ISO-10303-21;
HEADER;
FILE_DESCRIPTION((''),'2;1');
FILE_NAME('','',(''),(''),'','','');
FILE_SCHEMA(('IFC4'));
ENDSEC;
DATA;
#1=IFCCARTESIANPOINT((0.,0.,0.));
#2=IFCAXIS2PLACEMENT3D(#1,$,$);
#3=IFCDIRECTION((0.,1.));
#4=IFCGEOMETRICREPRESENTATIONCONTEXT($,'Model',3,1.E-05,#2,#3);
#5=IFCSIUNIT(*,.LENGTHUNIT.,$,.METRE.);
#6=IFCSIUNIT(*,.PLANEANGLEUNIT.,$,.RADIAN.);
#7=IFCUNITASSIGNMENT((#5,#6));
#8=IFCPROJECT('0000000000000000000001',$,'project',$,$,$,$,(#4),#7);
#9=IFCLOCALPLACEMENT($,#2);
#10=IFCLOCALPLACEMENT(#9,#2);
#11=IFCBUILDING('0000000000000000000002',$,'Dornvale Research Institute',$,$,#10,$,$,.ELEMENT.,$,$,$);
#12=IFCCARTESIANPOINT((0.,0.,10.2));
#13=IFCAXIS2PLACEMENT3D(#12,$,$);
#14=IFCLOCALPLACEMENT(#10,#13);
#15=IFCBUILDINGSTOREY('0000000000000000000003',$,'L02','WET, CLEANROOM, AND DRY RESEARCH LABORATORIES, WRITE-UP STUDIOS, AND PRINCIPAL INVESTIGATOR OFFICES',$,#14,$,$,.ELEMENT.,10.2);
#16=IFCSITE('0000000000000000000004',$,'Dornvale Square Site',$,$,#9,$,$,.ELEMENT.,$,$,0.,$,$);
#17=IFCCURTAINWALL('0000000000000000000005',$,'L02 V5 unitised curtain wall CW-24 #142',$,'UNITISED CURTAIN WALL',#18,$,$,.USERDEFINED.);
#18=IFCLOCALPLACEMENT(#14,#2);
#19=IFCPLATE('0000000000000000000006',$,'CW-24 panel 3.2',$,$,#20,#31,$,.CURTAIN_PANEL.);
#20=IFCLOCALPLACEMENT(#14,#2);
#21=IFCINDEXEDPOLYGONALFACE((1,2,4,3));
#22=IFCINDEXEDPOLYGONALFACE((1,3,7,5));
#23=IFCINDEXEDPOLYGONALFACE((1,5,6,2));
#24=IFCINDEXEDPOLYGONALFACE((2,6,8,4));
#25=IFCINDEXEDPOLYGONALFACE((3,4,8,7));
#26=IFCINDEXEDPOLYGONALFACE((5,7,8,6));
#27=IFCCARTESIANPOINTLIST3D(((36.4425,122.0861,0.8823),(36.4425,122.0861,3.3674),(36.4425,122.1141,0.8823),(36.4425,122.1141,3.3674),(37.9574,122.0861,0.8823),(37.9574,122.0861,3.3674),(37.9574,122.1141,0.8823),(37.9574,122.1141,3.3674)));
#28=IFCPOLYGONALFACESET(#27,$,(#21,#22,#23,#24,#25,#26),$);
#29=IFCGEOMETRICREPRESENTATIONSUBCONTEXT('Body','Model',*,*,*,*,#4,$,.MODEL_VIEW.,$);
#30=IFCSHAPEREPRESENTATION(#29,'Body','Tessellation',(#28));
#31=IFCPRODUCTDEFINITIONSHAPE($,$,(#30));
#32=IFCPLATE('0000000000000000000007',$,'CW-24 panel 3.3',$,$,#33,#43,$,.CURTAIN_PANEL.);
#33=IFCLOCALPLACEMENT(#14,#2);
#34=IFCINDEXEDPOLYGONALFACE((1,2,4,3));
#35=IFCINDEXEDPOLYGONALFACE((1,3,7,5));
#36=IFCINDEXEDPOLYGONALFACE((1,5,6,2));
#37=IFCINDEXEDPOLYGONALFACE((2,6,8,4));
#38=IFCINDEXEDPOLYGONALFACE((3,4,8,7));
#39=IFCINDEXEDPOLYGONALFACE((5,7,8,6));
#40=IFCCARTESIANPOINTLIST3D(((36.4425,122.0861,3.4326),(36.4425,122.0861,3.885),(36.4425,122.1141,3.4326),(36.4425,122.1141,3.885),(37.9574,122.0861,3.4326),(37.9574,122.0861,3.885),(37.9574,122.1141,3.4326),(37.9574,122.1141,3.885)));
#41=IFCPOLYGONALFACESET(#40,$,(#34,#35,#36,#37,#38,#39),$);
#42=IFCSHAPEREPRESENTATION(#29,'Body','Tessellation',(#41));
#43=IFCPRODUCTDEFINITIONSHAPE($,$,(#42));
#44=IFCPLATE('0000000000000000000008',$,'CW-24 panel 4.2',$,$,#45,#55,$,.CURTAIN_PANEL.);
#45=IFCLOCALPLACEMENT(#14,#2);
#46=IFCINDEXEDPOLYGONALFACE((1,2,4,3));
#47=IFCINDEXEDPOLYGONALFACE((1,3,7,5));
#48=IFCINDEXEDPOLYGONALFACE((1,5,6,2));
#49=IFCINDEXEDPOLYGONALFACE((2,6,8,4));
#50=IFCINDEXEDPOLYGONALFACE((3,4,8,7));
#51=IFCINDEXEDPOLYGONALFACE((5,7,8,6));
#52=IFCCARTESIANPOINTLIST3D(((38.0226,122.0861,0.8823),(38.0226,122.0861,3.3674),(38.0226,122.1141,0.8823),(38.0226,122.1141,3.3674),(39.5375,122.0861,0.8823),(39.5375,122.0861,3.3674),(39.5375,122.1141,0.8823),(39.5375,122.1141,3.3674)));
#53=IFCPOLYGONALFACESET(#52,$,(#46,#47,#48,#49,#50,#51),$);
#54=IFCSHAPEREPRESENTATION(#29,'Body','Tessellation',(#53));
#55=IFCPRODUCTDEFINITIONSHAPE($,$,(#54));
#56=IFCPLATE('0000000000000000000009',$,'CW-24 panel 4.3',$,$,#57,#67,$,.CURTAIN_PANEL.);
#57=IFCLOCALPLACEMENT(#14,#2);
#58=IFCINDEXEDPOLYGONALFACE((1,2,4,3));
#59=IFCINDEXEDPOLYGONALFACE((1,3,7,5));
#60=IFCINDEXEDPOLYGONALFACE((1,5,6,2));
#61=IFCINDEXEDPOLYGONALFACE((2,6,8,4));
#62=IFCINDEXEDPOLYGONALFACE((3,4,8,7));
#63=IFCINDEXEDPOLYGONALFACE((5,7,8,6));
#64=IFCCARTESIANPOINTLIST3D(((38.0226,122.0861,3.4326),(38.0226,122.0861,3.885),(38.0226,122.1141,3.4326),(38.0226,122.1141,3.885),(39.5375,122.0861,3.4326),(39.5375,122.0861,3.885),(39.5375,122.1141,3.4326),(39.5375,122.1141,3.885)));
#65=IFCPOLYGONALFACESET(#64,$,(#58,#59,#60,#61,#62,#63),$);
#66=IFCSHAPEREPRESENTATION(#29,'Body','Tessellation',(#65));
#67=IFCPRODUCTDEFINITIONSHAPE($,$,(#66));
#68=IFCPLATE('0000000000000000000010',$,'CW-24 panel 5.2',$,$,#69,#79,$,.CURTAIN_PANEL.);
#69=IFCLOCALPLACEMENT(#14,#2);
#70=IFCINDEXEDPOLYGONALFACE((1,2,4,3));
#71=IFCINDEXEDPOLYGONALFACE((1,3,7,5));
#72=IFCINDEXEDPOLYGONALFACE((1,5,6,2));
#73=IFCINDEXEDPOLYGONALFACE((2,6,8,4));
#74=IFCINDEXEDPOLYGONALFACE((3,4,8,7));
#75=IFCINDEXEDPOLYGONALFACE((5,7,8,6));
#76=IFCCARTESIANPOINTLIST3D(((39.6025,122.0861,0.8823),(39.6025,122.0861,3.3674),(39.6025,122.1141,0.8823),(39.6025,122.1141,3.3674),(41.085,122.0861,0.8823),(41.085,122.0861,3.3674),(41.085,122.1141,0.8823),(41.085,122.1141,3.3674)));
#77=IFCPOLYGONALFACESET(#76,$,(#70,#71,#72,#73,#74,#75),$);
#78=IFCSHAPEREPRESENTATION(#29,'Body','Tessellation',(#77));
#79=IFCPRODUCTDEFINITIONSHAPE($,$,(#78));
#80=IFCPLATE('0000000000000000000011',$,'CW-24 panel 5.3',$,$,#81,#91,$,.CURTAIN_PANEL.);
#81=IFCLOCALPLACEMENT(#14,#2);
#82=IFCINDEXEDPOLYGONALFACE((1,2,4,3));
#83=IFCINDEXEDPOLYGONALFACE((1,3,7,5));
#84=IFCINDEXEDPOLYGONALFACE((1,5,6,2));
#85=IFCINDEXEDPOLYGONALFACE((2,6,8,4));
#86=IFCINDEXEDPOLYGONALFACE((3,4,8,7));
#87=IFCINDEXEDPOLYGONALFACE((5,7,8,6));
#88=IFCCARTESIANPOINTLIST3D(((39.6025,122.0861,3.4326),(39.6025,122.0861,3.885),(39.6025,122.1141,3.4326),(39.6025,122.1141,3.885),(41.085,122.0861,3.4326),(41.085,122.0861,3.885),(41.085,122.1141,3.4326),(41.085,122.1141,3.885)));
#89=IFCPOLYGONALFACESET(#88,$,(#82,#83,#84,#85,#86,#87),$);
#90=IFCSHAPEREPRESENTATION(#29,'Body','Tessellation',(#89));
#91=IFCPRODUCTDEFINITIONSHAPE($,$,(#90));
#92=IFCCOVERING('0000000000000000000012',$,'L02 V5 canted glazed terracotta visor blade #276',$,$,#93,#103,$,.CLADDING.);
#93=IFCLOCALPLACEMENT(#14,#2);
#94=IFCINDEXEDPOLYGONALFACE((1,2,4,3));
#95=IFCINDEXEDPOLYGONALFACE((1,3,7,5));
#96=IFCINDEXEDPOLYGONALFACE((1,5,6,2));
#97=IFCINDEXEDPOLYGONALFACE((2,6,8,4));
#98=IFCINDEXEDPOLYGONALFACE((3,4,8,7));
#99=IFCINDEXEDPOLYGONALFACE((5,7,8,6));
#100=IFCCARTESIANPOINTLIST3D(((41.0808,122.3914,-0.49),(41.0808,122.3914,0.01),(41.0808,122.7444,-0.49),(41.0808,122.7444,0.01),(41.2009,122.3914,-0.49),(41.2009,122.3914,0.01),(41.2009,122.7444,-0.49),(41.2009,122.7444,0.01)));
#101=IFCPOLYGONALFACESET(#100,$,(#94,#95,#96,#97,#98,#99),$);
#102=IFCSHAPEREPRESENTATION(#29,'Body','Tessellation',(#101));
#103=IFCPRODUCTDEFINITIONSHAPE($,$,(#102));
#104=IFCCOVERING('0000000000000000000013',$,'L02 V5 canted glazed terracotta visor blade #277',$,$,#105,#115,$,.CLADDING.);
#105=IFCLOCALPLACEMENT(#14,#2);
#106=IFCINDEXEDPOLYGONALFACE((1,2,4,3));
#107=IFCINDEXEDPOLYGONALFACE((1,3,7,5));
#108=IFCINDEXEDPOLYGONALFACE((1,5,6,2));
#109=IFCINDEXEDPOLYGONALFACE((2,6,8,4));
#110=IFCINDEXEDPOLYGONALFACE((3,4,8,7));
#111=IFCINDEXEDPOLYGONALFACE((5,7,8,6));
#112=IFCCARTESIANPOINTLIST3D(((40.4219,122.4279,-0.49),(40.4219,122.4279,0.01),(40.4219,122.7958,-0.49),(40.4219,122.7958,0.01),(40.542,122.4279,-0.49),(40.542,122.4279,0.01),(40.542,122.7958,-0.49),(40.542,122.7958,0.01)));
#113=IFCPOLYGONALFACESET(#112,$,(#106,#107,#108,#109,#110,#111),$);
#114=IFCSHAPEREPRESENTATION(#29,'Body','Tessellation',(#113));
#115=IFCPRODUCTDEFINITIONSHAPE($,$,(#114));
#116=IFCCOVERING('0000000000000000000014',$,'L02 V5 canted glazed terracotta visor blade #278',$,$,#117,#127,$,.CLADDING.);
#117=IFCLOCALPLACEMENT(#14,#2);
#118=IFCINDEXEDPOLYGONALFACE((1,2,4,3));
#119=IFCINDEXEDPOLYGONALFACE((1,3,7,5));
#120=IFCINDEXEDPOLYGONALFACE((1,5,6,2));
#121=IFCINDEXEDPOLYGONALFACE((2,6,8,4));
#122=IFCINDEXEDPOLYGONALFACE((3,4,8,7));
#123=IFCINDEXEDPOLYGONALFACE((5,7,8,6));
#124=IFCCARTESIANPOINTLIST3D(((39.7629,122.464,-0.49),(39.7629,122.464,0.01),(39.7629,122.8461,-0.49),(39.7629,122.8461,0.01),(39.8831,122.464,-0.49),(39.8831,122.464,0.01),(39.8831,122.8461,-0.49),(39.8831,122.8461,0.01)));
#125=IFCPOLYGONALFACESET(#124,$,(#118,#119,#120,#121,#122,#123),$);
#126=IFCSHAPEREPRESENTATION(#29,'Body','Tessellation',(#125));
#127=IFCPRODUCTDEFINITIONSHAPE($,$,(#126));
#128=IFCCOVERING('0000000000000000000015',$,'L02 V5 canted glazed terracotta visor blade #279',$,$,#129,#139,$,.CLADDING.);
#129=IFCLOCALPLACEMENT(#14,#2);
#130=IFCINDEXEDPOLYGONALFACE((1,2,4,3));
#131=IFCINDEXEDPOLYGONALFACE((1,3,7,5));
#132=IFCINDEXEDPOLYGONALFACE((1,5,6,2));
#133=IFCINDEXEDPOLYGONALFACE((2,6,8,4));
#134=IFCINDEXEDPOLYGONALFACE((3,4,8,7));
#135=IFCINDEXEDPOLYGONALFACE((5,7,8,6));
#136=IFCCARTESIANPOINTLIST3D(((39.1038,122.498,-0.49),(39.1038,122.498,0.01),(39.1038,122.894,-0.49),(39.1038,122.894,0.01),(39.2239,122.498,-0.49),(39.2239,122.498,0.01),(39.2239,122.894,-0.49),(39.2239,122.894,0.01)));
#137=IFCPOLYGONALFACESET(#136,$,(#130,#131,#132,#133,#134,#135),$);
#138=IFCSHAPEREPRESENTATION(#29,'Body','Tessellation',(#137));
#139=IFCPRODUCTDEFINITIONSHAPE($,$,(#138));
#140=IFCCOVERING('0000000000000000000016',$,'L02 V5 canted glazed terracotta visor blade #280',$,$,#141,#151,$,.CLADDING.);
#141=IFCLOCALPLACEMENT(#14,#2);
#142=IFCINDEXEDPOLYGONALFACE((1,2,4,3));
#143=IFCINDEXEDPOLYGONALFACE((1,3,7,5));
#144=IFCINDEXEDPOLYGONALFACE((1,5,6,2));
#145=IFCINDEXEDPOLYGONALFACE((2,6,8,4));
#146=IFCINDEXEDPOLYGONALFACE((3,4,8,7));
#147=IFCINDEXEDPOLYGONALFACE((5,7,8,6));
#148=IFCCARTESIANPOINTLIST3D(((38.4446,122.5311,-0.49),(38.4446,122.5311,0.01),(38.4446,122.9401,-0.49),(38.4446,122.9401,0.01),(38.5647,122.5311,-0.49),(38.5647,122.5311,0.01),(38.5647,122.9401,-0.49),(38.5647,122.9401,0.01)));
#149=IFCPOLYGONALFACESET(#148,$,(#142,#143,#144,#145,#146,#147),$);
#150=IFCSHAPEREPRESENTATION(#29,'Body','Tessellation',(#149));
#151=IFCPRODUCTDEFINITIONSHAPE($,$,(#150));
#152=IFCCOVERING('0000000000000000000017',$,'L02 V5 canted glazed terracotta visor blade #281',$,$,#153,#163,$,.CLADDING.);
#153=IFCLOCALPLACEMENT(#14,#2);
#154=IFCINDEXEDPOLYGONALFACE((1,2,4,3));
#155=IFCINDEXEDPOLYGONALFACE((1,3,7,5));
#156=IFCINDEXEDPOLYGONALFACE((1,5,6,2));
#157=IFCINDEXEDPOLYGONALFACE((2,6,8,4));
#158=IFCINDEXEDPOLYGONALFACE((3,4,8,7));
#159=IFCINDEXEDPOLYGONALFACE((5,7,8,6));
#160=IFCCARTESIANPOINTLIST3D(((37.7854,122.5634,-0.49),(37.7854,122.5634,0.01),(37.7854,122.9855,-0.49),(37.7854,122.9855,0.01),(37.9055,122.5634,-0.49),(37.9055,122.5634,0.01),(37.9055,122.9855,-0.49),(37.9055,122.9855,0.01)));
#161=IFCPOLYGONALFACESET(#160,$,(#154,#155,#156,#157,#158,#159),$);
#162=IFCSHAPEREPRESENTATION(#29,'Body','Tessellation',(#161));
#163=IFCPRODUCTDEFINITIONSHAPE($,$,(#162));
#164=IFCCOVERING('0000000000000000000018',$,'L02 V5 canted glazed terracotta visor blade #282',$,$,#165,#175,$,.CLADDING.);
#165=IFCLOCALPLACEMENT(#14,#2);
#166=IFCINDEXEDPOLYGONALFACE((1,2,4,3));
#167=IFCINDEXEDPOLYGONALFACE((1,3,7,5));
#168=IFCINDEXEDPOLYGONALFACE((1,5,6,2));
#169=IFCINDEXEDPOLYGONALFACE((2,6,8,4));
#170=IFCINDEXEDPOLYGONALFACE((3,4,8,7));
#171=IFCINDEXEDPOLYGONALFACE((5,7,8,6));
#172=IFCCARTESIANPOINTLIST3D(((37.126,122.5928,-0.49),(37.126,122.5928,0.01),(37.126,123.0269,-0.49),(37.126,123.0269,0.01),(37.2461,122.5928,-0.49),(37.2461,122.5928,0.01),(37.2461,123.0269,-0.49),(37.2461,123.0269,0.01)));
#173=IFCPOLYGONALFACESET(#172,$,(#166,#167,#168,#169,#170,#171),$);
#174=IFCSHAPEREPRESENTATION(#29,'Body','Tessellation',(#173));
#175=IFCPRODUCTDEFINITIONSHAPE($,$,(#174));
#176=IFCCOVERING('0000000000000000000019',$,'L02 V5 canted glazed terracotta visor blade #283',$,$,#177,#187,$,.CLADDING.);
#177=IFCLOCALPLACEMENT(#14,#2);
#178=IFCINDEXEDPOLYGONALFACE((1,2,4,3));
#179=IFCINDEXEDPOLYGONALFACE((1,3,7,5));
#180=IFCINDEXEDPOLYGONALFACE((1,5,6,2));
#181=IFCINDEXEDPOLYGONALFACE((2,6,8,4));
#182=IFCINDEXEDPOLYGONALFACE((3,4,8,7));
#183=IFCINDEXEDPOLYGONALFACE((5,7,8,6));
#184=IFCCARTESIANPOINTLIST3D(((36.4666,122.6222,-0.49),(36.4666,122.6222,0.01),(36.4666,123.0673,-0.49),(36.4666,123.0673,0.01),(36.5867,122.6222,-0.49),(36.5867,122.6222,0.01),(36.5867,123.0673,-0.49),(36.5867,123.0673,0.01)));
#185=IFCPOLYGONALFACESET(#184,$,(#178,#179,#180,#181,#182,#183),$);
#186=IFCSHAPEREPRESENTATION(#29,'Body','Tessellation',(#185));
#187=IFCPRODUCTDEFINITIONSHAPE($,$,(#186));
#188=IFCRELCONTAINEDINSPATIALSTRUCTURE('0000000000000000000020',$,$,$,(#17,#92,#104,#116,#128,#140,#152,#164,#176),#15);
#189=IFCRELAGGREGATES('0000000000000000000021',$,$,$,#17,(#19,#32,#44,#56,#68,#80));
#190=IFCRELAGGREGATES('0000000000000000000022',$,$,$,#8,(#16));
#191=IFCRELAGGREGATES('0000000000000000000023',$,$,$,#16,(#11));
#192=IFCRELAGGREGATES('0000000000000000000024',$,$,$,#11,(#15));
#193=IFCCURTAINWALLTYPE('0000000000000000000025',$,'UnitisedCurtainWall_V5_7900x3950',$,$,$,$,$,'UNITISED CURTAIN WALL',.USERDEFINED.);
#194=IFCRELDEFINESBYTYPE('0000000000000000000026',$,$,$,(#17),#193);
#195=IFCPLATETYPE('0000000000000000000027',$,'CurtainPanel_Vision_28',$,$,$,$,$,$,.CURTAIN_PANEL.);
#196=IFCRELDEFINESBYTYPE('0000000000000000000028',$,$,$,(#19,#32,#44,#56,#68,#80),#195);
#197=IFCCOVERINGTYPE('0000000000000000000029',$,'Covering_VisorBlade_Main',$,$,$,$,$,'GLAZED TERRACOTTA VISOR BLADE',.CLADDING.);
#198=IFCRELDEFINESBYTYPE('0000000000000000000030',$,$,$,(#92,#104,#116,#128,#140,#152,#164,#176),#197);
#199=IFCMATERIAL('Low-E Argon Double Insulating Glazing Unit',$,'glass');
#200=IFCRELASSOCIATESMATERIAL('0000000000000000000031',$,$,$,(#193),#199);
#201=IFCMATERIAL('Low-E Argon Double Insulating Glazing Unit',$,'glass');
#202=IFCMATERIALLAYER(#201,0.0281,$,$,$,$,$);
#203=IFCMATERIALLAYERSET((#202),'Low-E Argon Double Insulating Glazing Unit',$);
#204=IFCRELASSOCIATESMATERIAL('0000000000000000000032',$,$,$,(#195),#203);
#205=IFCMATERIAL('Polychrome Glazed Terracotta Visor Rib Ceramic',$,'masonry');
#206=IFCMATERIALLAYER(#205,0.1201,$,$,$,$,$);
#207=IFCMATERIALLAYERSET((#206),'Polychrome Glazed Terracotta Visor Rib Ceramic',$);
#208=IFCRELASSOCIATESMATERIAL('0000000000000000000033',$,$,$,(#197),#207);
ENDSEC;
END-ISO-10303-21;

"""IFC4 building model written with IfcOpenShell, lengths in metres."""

from ifc_helpers import new_model, si_unit, direction, frame, origin, origin_2d, place, context, subcontext, project, spatial, rectangle, extrude, material, layer, layer_set, type_object, element, aggregate, save


model = new_model("IFC4")

# Units and contexts
model_context = context("Model", 3, precision=1e-05, world=origin(), true_north=direction((0.0, 1.0)))
body_context = subcontext(model_context, "Body", "Model", "MODEL_VIEW")
ifc_project = project(units=[si_unit("LENGTHUNIT", "METRE"), si_unit("PLANEANGLEUNIT", "RADIAN")], contexts=[model_context])

# Site, building, storey
site_placement = place(None, origin())
site = spatial("IfcSite", under=ifc_project, at=site_placement, Name="Dornvale Square Site", CompositionType="ELEMENT", RefElevation=0.0)
building_placement = place(site_placement, origin())
building = spatial("IfcBuilding", under=site, at=building_placement, Name="Dornvale Research Institute", CompositionType="ELEMENT")
storey_placement = place(building_placement, frame((0.0, 0.0, 10.2)))
storey = spatial("IfcBuildingStorey", under=building, at=storey_placement, Name="L02", Description="WET, CLEANROOM, AND DRY RESEARCH LABORATORIES, WRITE-UP STUDIOS, AND PRINCIPAL INVESTIGATOR OFFICES", CompositionType="ELEMENT", Elevation=10.2)

# Curtain wall, plates
ifc_material_1 = material(Name="Low-E Argon Double Insulating Glazing Unit", Category="glass")
curtain_wall_type = type_object("IfcCurtainWallType", Name="UnitisedCurtainWall_V5_7900x3950", ElementType="UNITISED CURTAIN WALL", PredefinedType="USERDEFINED", material=ifc_material_1)
curtain_wall_placement = place(storey_placement, origin())
curtain_wall = element("IfcCurtainWall", 1, at=curtain_wall_placement, inside=storey, type_object=curtain_wall_type, Name="L02 V5 unitised curtain wall CW-24 #142", ObjectType="UNITISED CURTAIN WALL", PredefinedType="USERDEFINED")
ifc_material_2 = material(Name="Low-E Argon Double Insulating Glazing Unit", Category="glass")
ifc_layer_1 = layer(ifc_material_2, 0.0281)
ifc_layer_set_1 = layer_set([ifc_layer_1], Name="Low-E Argon Double Insulating Glazing Unit")
plate_type_1 = type_object("IfcPlateType", Name="CurtainPanel_Vision_28", PredefinedType="CURTAIN_PANEL", material=ifc_layer_set_1)
plate_1_placement = place(storey_placement, frame((37.2, 122.1001, 0.8823), z_axis=(0.0, 0.0, 1.0), x_axis=(1.0, 0.0, 0.0)))
plate_1 = element("IfcPlate", 2, at=plate_1_placement, type_object=plate_type_1, Name="CW-24 panel 3.2", PredefinedType="CURTAIN_PANEL", context=body_context, shape_type="SweptSolid", body=[
    extrude(rectangle(XDim=1.5149, YDim=0.0281, at=origin_2d()), origin(), (0.0, 0.0, 1.0), 2.4851),
])
plate_2_placement = place(storey_placement, frame((37.2, 122.1001, 3.4326), z_axis=(0.0, 0.0, 1.0), x_axis=(1.0, 0.0, 0.0)))
plate_2 = element("IfcPlate", 3, at=plate_2_placement, type_object=plate_type_1, Name="CW-24 panel 3.3", PredefinedType="CURTAIN_PANEL", context=body_context, shape_type="SweptSolid", body=[
    extrude(rectangle(XDim=1.5149, YDim=0.0281, at=origin_2d()), origin(), (0.0, 0.0, 1.0), 0.4524),
])
plate_3_placement = place(storey_placement, frame((38.78, 122.1001, 0.8823), z_axis=(0.0, 0.0, 1.0), x_axis=(1.0, 0.0, 0.0)))
plate_3 = element("IfcPlate", 4, at=plate_3_placement, type_object=plate_type_1, Name="CW-24 panel 4.2", PredefinedType="CURTAIN_PANEL", context=body_context, shape_type="SweptSolid", body=[
    extrude(rectangle(XDim=1.5149, YDim=0.0281, at=origin_2d()), origin(), (0.0, 0.0, 1.0), 2.4851),
])
plate_4_placement = place(storey_placement, frame((38.78, 122.1001, 3.4326), z_axis=(0.0, 0.0, 1.0), x_axis=(1.0, 0.0, 0.0)))
plate_4 = element("IfcPlate", 5, at=plate_4_placement, type_object=plate_type_1, Name="CW-24 panel 4.3", PredefinedType="CURTAIN_PANEL", context=body_context, shape_type="SweptSolid", body=[
    extrude(rectangle(XDim=1.5149, YDim=0.0281, at=origin_2d()), origin(), (0.0, 0.0, 1.0), 0.4524),
])
plate_5_placement = place(storey_placement, frame((40.3438, 122.1001, 0.8823), z_axis=(0.0, 0.0, 1.0), x_axis=(1.0, 0.0, 0.0)))
plate_5 = element("IfcPlate", 6, at=plate_5_placement, type_object=plate_type_1, Name="CW-24 panel 5.2", PredefinedType="CURTAIN_PANEL", context=body_context, shape_type="SweptSolid", body=[
    extrude(rectangle(XDim=1.4824, YDim=0.0281, at=origin_2d()), origin(), (0.0, 0.0, 1.0), 2.4851),
])
plate_6_placement = place(storey_placement, frame((40.3438, 122.1001, 3.4326), z_axis=(0.0, 0.0, 1.0), x_axis=(1.0, 0.0, 0.0)))
plate_6 = element("IfcPlate", 7, at=plate_6_placement, type_object=plate_type_1, Name="CW-24 panel 5.3", PredefinedType="CURTAIN_PANEL", context=body_context, shape_type="SweptSolid", body=[
    extrude(rectangle(XDim=1.4824, YDim=0.0281, at=origin_2d()), origin(), (0.0, 0.0, 1.0), 0.4524),
])
aggregate(curtain_wall, [plate_1, plate_2, plate_3, plate_4, plate_5, plate_6])

# Coverings
ifc_material_3 = material(Name="Polychrome Glazed Terracotta Visor Rib Ceramic", Category="masonry")
ifc_layer_2 = layer(ifc_material_3, 0.1201)
ifc_layer_set_2 = layer_set([ifc_layer_2], Name="Polychrome Glazed Terracotta Visor Rib Ceramic")
covering_type = type_object("IfcCoveringType", Name="Covering_VisorBlade_Main", ElementType="GLAZED TERRACOTTA VISOR BLADE", PredefinedType="CLADDING", material=ifc_layer_set_2)
covering_1_placement = place(storey_placement, frame((41.1409, 122.5679, -0.49), z_axis=(0.0, 0.0, 1.0), x_axis=(0.0, 1.0, 0.0)))
element("IfcCovering", 8, at=covering_1_placement, inside=storey, type_object=covering_type, Name="L02 V5 canted glazed terracotta visor blade #276", PredefinedType="CLADDING", context=body_context, shape_type="SweptSolid", body=[
    extrude(rectangle(XDim=0.353, YDim=0.1201, at=origin_2d()), origin(), (0.0, 0.0, 1.0), 0.5),
])
covering_2_placement = place(storey_placement, frame((40.4819, 122.6118, -0.49), z_axis=(0.0, 0.0, 1.0), x_axis=(0.0, 1.0, 0.0)))
element("IfcCovering", 9, at=covering_2_placement, inside=storey, type_object=covering_type, Name="L02 V5 canted glazed terracotta visor blade #277", PredefinedType="CLADDING", context=body_context, shape_type="SweptSolid", body=[
    extrude(rectangle(XDim=0.3679, YDim=0.1201, at=origin_2d()), origin(), (0.0, 0.0, 1.0), 0.5),
])
covering_3_placement = place(storey_placement, frame((39.823, 122.655, -0.49), z_axis=(0.0, 0.0, 1.0), x_axis=(0.0, 1.0, 0.0)))
element("IfcCovering", 10, at=covering_3_placement, inside=storey, type_object=covering_type, Name="L02 V5 canted glazed terracotta visor blade #278", PredefinedType="CLADDING", context=body_context, shape_type="SweptSolid", body=[
    extrude(rectangle(XDim=0.3821, YDim=0.1201, at=origin_2d()), origin(), (0.0, 0.0, 1.0), 0.5),
])
covering_4_placement = place(storey_placement, frame((39.1638, 122.696, -0.49), z_axis=(0.0, 0.0, 1.0), x_axis=(0.0, 1.0, 0.0)))
element("IfcCovering", 11, at=covering_4_placement, inside=storey, type_object=covering_type, Name="L02 V5 canted glazed terracotta visor blade #279", PredefinedType="CLADDING", context=body_context, shape_type="SweptSolid", body=[
    extrude(rectangle(XDim=0.396, YDim=0.1201, at=origin_2d()), origin(), (0.0, 0.0, 1.0), 0.5),
])
covering_5_placement = place(storey_placement, frame((38.5046, 122.7356, -0.49), z_axis=(0.0, 0.0, 1.0), x_axis=(0.0, 1.0, 0.0)))
element("IfcCovering", 12, at=covering_5_placement, inside=storey, type_object=covering_type, Name="L02 V5 canted glazed terracotta visor blade #280", PredefinedType="CLADDING", context=body_context, shape_type="SweptSolid", body=[
    extrude(rectangle(XDim=0.4089, YDim=0.1201, at=origin_2d()), origin(), (0.0, 0.0, 1.0), 0.5),
])
covering_6_placement = place(storey_placement, frame((37.8455, 122.7744, -0.49), z_axis=(0.0, 0.0, 1.0), x_axis=(0.0, 1.0, 0.0)))
element("IfcCovering", 13, at=covering_6_placement, inside=storey, type_object=covering_type, Name="L02 V5 canted glazed terracotta visor blade #281", PredefinedType="CLADDING", context=body_context, shape_type="SweptSolid", body=[
    extrude(rectangle(XDim=0.4221, YDim=0.1201, at=origin_2d()), origin(), (0.0, 0.0, 1.0), 0.5),
])
covering_7_placement = place(storey_placement, frame((37.186, 122.8098, -0.49), z_axis=(0.0, 0.0, 1.0), x_axis=(0.0, 1.0, 0.0)))
element("IfcCovering", 14, at=covering_7_placement, inside=storey, type_object=covering_type, Name="L02 V5 canted glazed terracotta visor blade #282", PredefinedType="CLADDING", context=body_context, shape_type="SweptSolid", body=[
    extrude(rectangle(XDim=0.4341, YDim=0.1201, at=origin_2d()), origin(), (0.0, 0.0, 1.0), 0.5),
])
covering_8_placement = place(storey_placement, frame((36.5266, 122.8447, -0.49), z_axis=(0.0, 0.0, 1.0), x_axis=(0.0, 1.0, 0.0)))
element("IfcCovering", 15, at=covering_8_placement, inside=storey, type_object=covering_type, Name="L02 V5 canted glazed terracotta visor blade #283", PredefinedType="CLADDING", context=body_context, shape_type="SweptSolid", body=[
    extrude(rectangle(XDim=0.4451, YDim=0.1201, at=origin_2d()), origin(), (0.0, 0.0, 1.0), 0.5),
])

save(model, "model.ifc")
